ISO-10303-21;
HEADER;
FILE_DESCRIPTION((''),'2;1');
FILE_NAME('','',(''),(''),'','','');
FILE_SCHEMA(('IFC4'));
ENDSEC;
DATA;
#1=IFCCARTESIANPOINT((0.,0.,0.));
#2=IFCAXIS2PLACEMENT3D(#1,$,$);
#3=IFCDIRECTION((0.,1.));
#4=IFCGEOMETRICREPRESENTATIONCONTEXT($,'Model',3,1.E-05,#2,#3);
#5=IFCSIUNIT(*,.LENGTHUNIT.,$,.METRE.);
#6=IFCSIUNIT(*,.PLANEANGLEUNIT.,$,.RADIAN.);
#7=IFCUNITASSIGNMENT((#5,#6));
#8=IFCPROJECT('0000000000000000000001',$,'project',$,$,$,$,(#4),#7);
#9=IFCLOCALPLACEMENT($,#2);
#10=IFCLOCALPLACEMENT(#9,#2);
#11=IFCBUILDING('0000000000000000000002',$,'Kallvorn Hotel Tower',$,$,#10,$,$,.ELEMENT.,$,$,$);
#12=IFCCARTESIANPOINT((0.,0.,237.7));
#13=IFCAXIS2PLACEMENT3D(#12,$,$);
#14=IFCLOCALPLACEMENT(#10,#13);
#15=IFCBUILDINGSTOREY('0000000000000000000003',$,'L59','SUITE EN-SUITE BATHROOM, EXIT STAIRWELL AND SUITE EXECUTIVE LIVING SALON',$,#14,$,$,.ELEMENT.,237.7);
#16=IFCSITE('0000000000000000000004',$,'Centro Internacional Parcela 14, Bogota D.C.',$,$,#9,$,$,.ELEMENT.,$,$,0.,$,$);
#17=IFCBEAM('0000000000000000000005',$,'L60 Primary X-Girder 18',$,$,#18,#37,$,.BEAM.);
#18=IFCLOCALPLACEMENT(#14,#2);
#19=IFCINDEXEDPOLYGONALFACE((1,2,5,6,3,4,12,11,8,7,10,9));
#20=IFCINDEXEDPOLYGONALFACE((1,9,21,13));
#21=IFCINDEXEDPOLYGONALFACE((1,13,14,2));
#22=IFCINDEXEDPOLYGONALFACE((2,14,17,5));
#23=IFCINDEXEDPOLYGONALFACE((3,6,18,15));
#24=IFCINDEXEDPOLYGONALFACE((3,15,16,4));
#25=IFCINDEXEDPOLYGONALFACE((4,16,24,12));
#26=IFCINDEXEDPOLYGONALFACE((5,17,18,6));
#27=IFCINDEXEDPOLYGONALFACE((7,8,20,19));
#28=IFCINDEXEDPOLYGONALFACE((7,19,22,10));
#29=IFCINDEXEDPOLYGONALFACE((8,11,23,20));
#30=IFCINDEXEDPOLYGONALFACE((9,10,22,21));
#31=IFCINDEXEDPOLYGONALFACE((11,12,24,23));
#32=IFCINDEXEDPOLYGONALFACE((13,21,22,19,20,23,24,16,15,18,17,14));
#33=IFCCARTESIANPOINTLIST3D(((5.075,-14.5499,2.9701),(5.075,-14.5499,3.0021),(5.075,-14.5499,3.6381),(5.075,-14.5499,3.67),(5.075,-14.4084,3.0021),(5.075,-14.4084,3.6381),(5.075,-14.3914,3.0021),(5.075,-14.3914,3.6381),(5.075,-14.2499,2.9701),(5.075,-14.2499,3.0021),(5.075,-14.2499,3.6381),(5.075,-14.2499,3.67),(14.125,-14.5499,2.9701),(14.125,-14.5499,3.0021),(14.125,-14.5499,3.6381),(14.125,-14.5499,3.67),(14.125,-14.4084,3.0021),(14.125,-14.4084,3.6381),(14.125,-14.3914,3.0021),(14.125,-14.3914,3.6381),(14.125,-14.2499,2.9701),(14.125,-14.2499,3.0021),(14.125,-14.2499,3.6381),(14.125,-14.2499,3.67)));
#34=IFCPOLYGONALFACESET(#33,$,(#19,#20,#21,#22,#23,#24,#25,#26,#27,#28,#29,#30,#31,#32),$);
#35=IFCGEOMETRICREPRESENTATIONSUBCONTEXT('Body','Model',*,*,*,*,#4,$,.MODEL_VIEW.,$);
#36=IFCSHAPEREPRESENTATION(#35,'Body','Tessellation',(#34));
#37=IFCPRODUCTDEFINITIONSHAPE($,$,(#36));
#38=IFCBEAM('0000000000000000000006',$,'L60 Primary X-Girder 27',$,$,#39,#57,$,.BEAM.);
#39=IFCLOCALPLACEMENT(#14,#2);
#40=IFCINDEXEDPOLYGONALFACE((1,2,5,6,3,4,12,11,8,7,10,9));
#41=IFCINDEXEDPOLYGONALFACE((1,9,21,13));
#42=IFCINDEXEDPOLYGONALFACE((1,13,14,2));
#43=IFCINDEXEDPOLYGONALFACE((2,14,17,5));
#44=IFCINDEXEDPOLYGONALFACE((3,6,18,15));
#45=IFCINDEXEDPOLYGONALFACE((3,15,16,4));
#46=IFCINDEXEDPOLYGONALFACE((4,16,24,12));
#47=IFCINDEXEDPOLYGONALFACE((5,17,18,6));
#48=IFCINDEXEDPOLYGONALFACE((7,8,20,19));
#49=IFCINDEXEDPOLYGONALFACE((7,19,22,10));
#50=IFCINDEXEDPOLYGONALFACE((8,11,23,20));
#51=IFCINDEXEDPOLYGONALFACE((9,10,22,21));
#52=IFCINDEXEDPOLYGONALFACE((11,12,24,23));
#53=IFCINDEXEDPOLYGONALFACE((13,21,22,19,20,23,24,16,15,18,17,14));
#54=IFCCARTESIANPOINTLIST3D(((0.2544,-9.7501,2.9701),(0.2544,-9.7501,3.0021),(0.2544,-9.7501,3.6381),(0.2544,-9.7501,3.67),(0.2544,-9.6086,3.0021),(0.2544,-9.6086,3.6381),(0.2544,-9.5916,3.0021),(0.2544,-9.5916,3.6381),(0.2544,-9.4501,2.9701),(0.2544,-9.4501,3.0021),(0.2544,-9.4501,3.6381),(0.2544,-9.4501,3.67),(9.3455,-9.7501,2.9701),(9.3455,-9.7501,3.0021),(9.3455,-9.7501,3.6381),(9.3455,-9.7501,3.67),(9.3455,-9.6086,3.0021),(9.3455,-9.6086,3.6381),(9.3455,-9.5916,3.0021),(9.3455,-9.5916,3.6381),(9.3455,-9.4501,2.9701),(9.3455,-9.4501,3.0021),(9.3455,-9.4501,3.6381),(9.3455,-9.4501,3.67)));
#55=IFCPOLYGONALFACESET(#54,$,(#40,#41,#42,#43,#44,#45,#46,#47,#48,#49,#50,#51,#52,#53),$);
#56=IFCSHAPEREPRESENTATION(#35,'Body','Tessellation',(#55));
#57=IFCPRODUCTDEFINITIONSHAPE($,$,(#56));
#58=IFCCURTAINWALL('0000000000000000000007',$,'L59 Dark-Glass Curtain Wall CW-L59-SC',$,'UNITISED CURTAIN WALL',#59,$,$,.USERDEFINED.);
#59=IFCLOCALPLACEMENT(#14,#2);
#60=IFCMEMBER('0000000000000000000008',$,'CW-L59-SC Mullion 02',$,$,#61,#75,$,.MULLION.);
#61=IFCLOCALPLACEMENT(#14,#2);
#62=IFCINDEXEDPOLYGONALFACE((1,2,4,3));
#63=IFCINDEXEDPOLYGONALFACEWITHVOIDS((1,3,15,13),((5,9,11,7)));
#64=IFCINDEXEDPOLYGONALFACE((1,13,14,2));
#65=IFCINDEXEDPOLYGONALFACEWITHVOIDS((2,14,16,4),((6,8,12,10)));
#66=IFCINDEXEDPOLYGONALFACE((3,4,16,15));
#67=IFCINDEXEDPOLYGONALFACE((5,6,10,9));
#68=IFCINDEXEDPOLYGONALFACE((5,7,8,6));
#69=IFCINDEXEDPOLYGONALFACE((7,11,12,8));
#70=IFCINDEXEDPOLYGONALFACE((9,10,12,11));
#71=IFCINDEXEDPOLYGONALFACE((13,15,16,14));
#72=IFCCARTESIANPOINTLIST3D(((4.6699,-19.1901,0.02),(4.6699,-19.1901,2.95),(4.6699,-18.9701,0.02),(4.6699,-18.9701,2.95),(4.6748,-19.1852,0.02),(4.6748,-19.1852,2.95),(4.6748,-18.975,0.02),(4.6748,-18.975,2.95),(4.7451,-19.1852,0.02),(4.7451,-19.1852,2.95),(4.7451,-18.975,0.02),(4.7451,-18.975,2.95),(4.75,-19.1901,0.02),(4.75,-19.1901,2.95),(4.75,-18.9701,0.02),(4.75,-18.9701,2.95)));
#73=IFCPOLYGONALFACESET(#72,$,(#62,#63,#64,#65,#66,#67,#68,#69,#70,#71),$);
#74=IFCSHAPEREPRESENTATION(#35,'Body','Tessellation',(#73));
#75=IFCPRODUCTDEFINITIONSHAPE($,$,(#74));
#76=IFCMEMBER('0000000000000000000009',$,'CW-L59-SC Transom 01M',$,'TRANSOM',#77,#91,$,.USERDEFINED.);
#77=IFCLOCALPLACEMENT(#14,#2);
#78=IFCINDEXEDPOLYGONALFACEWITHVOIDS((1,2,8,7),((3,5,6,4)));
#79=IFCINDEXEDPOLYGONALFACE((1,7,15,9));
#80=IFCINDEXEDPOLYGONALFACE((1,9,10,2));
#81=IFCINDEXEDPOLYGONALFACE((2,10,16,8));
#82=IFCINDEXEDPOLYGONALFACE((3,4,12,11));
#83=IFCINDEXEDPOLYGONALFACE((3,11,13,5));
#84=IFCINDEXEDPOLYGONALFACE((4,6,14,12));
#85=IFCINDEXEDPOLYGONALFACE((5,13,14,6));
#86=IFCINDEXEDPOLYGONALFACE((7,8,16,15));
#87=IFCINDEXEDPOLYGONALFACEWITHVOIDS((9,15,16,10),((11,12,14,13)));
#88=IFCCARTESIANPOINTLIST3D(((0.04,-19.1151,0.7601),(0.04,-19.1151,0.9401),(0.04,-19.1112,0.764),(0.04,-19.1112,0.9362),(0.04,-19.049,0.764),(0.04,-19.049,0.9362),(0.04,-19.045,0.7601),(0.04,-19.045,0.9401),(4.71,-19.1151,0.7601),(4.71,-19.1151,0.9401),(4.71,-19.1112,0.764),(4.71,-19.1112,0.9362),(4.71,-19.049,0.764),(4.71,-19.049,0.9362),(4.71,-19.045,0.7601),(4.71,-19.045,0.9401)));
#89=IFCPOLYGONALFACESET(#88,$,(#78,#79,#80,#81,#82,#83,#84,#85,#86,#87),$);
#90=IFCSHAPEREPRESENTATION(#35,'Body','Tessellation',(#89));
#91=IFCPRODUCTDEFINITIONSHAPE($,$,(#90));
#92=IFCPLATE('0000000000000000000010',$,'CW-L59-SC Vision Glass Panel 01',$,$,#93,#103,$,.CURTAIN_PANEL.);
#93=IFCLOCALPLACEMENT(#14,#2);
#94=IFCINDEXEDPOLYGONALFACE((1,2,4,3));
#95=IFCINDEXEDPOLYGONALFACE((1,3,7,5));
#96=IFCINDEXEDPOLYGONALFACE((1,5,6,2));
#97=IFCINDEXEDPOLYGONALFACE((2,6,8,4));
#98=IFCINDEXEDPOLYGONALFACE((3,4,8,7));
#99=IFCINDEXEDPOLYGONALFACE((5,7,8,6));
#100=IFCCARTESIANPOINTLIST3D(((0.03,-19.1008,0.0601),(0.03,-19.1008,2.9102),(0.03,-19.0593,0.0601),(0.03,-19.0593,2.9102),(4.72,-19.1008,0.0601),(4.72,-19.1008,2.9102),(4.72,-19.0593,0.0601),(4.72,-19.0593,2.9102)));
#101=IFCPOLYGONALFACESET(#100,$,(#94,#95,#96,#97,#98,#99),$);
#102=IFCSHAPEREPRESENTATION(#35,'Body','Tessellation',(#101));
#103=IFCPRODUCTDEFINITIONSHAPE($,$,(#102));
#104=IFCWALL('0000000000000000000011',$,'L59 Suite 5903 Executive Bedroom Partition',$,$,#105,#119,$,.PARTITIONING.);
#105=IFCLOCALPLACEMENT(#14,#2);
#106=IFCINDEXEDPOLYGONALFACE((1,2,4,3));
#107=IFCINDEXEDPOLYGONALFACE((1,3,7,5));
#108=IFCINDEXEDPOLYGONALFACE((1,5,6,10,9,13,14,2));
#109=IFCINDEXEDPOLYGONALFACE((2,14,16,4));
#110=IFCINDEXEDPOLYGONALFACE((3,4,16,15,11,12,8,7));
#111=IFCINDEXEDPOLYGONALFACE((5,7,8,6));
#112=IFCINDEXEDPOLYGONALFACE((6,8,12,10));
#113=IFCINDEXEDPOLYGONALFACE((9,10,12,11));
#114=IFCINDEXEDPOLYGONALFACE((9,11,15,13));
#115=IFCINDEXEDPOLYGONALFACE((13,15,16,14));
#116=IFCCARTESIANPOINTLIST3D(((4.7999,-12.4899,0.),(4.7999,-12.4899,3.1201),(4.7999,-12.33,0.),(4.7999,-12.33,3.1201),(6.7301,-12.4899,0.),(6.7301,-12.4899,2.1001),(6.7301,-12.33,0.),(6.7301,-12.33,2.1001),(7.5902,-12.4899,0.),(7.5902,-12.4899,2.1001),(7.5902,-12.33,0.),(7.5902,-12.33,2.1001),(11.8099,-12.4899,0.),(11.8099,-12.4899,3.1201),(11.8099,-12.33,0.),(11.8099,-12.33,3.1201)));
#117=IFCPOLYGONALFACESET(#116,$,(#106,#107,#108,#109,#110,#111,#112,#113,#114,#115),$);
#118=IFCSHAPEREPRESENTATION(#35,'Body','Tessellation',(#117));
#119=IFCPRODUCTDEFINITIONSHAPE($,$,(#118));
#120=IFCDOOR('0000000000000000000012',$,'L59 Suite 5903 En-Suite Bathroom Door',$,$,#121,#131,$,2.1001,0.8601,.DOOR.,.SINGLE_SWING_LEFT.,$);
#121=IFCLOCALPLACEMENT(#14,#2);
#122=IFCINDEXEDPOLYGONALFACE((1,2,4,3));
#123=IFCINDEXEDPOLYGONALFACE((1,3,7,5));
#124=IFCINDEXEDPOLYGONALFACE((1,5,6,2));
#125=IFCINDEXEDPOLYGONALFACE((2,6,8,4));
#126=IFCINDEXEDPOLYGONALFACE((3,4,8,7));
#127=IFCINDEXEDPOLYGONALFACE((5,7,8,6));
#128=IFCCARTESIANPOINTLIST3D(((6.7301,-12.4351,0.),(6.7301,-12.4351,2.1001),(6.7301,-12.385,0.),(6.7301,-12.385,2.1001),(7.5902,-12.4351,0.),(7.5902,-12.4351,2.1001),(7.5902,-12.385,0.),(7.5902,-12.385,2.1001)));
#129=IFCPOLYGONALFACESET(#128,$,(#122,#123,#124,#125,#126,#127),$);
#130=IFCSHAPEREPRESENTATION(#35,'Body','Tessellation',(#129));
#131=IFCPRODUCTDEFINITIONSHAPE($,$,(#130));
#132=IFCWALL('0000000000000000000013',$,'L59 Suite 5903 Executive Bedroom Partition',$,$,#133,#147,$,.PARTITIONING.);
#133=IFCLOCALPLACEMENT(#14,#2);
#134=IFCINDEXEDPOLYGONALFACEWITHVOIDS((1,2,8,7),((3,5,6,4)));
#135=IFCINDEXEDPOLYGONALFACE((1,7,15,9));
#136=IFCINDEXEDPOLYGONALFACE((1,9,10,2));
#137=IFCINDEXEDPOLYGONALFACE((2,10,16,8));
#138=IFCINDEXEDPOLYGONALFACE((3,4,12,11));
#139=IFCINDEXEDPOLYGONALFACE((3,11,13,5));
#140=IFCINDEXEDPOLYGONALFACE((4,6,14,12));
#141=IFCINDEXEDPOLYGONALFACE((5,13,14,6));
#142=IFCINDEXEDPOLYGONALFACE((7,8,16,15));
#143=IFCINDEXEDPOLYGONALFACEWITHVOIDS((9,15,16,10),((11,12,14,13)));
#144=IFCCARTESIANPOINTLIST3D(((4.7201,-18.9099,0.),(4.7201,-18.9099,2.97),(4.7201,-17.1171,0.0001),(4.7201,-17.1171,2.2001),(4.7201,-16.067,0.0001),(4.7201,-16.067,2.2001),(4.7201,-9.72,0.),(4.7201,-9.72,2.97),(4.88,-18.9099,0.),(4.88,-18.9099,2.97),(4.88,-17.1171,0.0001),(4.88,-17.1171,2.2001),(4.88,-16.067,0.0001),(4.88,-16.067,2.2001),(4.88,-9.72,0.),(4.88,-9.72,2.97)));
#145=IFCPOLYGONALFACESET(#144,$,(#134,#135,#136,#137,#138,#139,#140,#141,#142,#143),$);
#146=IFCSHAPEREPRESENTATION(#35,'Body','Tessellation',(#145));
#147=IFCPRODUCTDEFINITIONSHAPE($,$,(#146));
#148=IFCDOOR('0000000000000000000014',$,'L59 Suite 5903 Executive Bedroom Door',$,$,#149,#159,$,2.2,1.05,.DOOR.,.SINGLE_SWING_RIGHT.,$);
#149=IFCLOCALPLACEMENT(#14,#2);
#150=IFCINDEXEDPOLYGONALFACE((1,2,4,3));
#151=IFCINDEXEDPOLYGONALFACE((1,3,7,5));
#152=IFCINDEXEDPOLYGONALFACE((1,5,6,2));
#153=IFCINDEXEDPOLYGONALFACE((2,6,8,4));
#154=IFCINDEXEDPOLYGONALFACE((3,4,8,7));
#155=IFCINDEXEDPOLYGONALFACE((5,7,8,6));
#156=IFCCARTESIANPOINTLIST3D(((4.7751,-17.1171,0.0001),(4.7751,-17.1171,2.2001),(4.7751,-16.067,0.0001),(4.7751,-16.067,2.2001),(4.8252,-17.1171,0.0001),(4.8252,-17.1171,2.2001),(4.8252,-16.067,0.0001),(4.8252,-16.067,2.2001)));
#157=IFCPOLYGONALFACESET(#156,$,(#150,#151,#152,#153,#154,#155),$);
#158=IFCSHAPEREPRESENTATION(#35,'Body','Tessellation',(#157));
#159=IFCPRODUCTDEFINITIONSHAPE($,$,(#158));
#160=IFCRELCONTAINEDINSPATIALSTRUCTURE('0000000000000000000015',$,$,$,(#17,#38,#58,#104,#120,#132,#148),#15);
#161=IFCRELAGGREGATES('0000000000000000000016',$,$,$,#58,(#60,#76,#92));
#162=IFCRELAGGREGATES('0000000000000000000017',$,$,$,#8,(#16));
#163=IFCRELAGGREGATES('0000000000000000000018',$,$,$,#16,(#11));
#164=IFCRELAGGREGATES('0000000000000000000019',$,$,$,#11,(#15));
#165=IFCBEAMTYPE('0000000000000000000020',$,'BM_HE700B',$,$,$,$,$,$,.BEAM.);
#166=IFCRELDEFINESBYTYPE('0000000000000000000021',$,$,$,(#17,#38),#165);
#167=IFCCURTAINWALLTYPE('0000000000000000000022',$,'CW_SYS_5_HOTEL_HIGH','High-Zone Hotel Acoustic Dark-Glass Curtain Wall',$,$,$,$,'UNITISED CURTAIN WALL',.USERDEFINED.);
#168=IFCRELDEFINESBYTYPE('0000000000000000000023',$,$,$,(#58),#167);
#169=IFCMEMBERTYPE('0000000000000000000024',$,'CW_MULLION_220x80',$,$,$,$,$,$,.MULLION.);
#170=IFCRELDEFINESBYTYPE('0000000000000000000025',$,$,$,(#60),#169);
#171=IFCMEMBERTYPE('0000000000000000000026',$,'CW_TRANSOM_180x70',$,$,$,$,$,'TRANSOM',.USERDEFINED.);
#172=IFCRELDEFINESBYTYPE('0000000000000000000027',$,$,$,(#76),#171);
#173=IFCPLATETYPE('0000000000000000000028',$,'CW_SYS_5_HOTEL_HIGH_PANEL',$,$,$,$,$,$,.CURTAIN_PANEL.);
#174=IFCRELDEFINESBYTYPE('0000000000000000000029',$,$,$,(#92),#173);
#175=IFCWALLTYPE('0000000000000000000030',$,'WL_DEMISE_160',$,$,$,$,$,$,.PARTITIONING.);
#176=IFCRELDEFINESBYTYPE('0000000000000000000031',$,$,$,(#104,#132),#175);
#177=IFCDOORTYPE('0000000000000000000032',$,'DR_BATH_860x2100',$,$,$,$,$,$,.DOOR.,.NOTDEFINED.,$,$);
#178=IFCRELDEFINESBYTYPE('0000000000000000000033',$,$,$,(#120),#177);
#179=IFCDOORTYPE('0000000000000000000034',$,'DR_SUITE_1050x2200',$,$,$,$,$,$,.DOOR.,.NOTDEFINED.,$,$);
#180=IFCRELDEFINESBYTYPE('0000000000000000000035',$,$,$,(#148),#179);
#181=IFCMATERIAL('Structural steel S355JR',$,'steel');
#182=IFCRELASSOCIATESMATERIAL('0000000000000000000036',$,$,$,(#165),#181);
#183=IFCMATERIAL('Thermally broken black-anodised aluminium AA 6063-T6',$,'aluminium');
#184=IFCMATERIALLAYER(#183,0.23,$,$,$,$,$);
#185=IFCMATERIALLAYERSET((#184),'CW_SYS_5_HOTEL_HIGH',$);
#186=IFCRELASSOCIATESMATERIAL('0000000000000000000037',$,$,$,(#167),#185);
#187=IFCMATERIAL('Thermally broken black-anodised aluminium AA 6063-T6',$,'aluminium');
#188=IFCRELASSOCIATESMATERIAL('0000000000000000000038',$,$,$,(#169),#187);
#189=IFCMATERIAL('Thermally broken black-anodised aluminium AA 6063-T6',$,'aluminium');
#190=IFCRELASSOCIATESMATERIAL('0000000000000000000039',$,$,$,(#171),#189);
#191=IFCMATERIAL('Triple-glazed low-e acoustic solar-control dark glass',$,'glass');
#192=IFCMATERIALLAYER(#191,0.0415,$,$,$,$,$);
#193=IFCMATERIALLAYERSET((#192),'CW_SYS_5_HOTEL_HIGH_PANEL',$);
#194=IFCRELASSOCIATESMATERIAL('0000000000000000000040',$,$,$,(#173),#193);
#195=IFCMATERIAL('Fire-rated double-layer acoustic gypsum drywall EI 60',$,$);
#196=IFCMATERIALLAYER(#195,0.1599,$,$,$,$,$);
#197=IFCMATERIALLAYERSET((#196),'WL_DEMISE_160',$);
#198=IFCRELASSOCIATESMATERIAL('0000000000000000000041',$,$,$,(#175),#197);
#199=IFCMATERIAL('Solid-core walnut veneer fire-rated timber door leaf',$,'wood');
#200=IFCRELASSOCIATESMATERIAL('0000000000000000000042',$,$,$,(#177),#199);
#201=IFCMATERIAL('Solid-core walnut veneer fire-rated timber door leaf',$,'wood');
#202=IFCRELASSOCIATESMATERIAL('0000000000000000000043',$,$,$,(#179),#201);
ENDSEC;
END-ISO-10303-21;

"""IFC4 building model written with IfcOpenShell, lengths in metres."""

from ifc_helpers import new_model, si_unit, direction, frame, frame_2d, origin, origin_2d, place, context, subcontext, project, spatial, rectangle, hollow_rectangle, i_section, extrude, material, layer, layer_set, material_profile, profile_set, type_object, element, fill, aggregate, save


model = new_model("IFC4")

# Units and contexts
model_context = context("Model", 3, precision=1e-05, world=origin(), true_north=direction((0.0, 1.0)))
body_context = subcontext(model_context, "Body", "Model", "MODEL_VIEW")
ifc_project = project(units=[si_unit("LENGTHUNIT", "METRE"), si_unit("PLANEANGLEUNIT", "RADIAN")], contexts=[model_context])

# Site, building, storey
site_placement = place(None, origin())
site = spatial("IfcSite", under=ifc_project, at=site_placement, Name="Centro Internacional Parcela 14, Bogota D.C.", CompositionType="ELEMENT", RefElevation=0.0)
building_placement = place(site_placement, origin())
building = spatial("IfcBuilding", under=site, at=building_placement, Name="Kallvorn Hotel Tower", CompositionType="ELEMENT")
storey_placement = place(building_placement, frame((0.0, 0.0, 237.7)))
storey = spatial("IfcBuildingStorey", under=building, at=storey_placement, Name="L59", Description="SUITE EN-SUITE BATHROOM, EXIT STAIRWELL AND SUITE EXECUTIVE LIVING SALON", CompositionType="ELEMENT", Elevation=237.7)

# Beams
ifc_material_1 = material(Name="Structural steel S355JR", Category="steel")
ifc_material_profile_1 = material_profile(ifc_material_1, i_section(OverallWidth=0.3, OverallDepth=0.7, WebThickness=0.0171, FlangeThickness=0.032, at=origin_2d()), Name="HE 700 B")
ifc_profile_set_1 = profile_set([ifc_material_profile_1], Name="Structural steel S355JR")
beam_type_1 = type_object("IfcBeamType", Name="BM_HE700B", PredefinedType="BEAM", material=ifc_profile_set_1)
beam_1_placement = place(storey_placement, frame((5.075, -14.3999, 3.3201), z_axis=(1.0, 0.0, 0.0), x_axis=(0.0, 1.0, 0.0)))
element("IfcBeam", 1, at=beam_1_placement, inside=storey, type_object=beam_type_1, Name="L60 Primary X-Girder 18", PredefinedType="BEAM", context=body_context, shape_type="SweptSolid", body=[
    extrude(i_section(OverallWidth=0.3, OverallDepth=0.7, WebThickness=0.0171, FlangeThickness=0.032, at=origin_2d()), origin(), (0.0, 0.0, 1.0), 9.05),
])
beam_2_placement = place(storey_placement, frame((0.2544, -9.6001, 3.3201), z_axis=(1.0, 0.0, 0.0), x_axis=(0.0, 1.0, 0.0)))
element("IfcBeam", 2, at=beam_2_placement, inside=storey, type_object=beam_type_1, Name="L60 Primary X-Girder 27", PredefinedType="BEAM", context=body_context, shape_type="SweptSolid", body=[
    extrude(i_section(OverallWidth=0.3, OverallDepth=0.7, WebThickness=0.0171, FlangeThickness=0.032, at=origin_2d()), origin(), (0.0, 0.0, 1.0), 9.0911),
])

# Curtain wall, members, plate
ifc_material_2 = material(Name="Thermally broken black-anodised aluminium AA 6063-T6", Category="aluminium")
ifc_layer_1 = layer(ifc_material_2, 0.23)
ifc_layer_set_1 = layer_set([ifc_layer_1], Name="CW_SYS_5_HOTEL_HIGH")
curtain_wall_type = type_object("IfcCurtainWallType", Name="CW_SYS_5_HOTEL_HIGH", Description="High-Zone Hotel Acoustic Dark-Glass Curtain Wall", ElementType="UNITISED CURTAIN WALL", PredefinedType="USERDEFINED", material=ifc_layer_set_1)
curtain_wall_placement = place(storey_placement, origin())
curtain_wall = element("IfcCurtainWall", 3, at=curtain_wall_placement, inside=storey, type_object=curtain_wall_type, Name="L59 Dark-Glass Curtain Wall CW-L59-SC", ObjectType="UNITISED CURTAIN WALL", PredefinedType="USERDEFINED")
ifc_material_3 = material(Name="Thermally broken black-anodised aluminium AA 6063-T6", Category="aluminium")
ifc_material_profile_2 = material_profile(ifc_material_3, hollow_rectangle(XDim=0.0801, YDim=0.22, WallThickness=0.0049, at=origin_2d()), Name="MUL 220x80")
ifc_profile_set_2 = profile_set([ifc_material_profile_2], Name="Thermally broken black-anodised aluminium AA 6063-T6")
member_type_1 = type_object("IfcMemberType", Name="CW_MULLION_220x80", PredefinedType="MULLION", material=ifc_profile_set_2)
member_1_placement = place(storey_placement, frame((4.71, -19.0801, 0.02), z_axis=(0.0, 0.0, 1.0), x_axis=(1.0, 0.0, 0.0)))
member_1 = element("IfcMember", 4, at=member_1_placement, type_object=member_type_1, Name="CW-L59-SC Mullion 02", PredefinedType="MULLION", context=body_context, shape_type="SweptSolid", body=[
    extrude(hollow_rectangle(XDim=0.0801, YDim=0.22, WallThickness=0.0049, at=origin_2d()), origin(), (0.0, 0.0, 1.0), 2.9299),
])
ifc_material_4 = material(Name="Thermally broken black-anodised aluminium AA 6063-T6", Category="aluminium")
ifc_material_profile_3 = material_profile(ifc_material_4, hollow_rectangle(XDim=0.0701, YDim=0.1799, WallThickness=0.0039, at=origin_2d()), Name="TRN 180x70")
ifc_profile_set_3 = profile_set([ifc_material_profile_3], Name="Thermally broken black-anodised aluminium AA 6063-T6")
member_type_2 = type_object("IfcMemberType", Name="CW_TRANSOM_180x70", ElementType="TRANSOM", PredefinedType="USERDEFINED", material=ifc_profile_set_3)
member_2_placement = place(storey_placement, frame((0.04, -19.0801, 0.8501), z_axis=(1.0, 0.0, 0.0), x_axis=(0.0, 1.0, 0.0)))
member_2 = element("IfcMember", 5, at=member_2_placement, type_object=member_type_2, Name="CW-L59-SC Transom 01M", ObjectType="TRANSOM", PredefinedType="USERDEFINED", context=body_context, shape_type="SweptSolid", body=[
    extrude(hollow_rectangle(XDim=0.0701, YDim=0.1799, WallThickness=0.0039, at=origin_2d()), origin(), (0.0, 0.0, 1.0), 4.6699),
])
ifc_material_5 = material(Name="Triple-glazed low-e acoustic solar-control dark glass", Category="glass")
ifc_layer_2 = layer(ifc_material_5, 0.0415)
ifc_layer_set_2 = layer_set([ifc_layer_2], Name="CW_SYS_5_HOTEL_HIGH_PANEL")
plate_type = type_object("IfcPlateType", Name="CW_SYS_5_HOTEL_HIGH_PANEL", PredefinedType="CURTAIN_PANEL", material=ifc_layer_set_2)
plate_placement = place(storey_placement, frame((2.375, -19.0801, 0.0601), z_axis=(0.0, 0.0, 1.0), x_axis=(1.0, 0.0, 0.0)))
plate = element("IfcPlate", 6, at=plate_placement, type_object=plate_type, Name="CW-L59-SC Vision Glass Panel 01", PredefinedType="CURTAIN_PANEL", context=body_context, shape_type="SweptSolid", body=[
    extrude(rectangle(XDim=4.6899, YDim=0.0415, at=origin_2d()), origin(), (0.0, 0.0, 1.0), 2.8501),
])
aggregate(curtain_wall, [member_1, member_2, plate])

# Walls, openings, doors
ifc_material_6 = material(Name="Fire-rated double-layer acoustic gypsum drywall EI 60")
ifc_layer_3 = layer(ifc_material_6, 0.1599)
ifc_layer_set_3 = layer_set([ifc_layer_3], Name="WL_DEMISE_160")
wall_type_1 = type_object("IfcWallType", Name="WL_DEMISE_160", PredefinedType="PARTITIONING", material=ifc_layer_set_3)
wall_1_placement = place(storey_placement, frame((4.8, -12.4099, 0.0), z_axis=(0.0, 0.0, 1.0), x_axis=(1.0, 0.0, 0.0)))
wall_1 = element("IfcWall", 7, at=wall_1_placement, inside=storey, type_object=wall_type_1, Name="L59 Suite 5903 Executive Bedroom Partition", PredefinedType="PARTITIONING", context=body_context, shape_type="SweptSolid", body=[
    extrude(rectangle(XDim=7.01, YDim=0.1599, at=frame_2d((3.5049, 0.0))), origin(), (0.0, 0.0, 1.0), 3.1201),
])
opening_1_placement = place(wall_1_placement, frame((1.9299, 0.0, 0.0)))
opening_1 = element("IfcOpeningElement", 8, at=opening_1_placement, cuts=wall_1, PredefinedType="OPENING", context=body_context, shape_type="SweptSolid", body=[
    extrude(rectangle(XDim=0.8601, YDim=2.1001, at=frame_2d((0.4302, 1.05))), frame((0.0, 0.095, 0.0), z_axis=(0.0, -1.0, 0.0), x_axis=(1.0, 0.0, 0.0)), (0.0, 0.0, 1.0), 0.1899),
])
ifc_material_7 = material(Name="Solid-core walnut veneer fire-rated timber door leaf", Category="wood")
door_type_1 = type_object("IfcDoorType", Name="DR_BATH_860x2100", OperationType="NOTDEFINED", PredefinedType="DOOR", material=ifc_material_7)
door_1_placement = place(opening_1_placement, origin())
door_1 = element("IfcDoor", 9, at=door_1_placement, inside=storey, type_object=door_type_1, Name="L59 Suite 5903 En-Suite Bathroom Door", OperationType="SINGLE_SWING_LEFT", OverallHeight=2.1001, OverallWidth=0.8601, PredefinedType="DOOR", context=body_context, shape_type="SweptSolid", body=[
    extrude(rectangle(XDim=0.8601, YDim=2.1001, at=frame_2d((0.4302, 1.05))), frame((0.0, 0.0249, 0.0), z_axis=(0.0, -1.0, 0.0), x_axis=(1.0, 0.0, 0.0)), (0.0, 0.0, 1.0), 0.05),
])
fill(opening_1, door_1)
wall_2_placement = place(storey_placement, frame((4.8, -18.9099, 0.0), z_axis=(0.0, 0.0, 1.0), x_axis=(0.0, 1.0, 0.0)))
wall_2 = element("IfcWall", 10, at=wall_2_placement, inside=storey, type_object=wall_type_1, Name="L59 Suite 5903 Executive Bedroom Partition", PredefinedType="PARTITIONING", context=body_context, shape_type="SweptSolid", body=[
    extrude(rectangle(XDim=9.1899, YDim=0.1599, at=frame_2d((4.595, 0.0))), origin(), (0.0, 0.0, 1.0), 2.97),
])
opening_2_placement = place(wall_2_placement, frame((1.793, 0.0, 0.0)))
opening_2 = element("IfcOpeningElement", 11, at=opening_2_placement, cuts=wall_2, PredefinedType="OPENING", context=body_context, shape_type="SweptSolid", body=[
    extrude(rectangle(XDim=1.05, YDim=2.2, at=frame_2d((0.5249, 1.1001))), frame((0.0, 0.095, 0.0), z_axis=(0.0, -1.0, 0.0), x_axis=(1.0, 0.0, 0.0)), (0.0, 0.0, 1.0), 0.1899),
])
ifc_material_8 = material(Name="Solid-core walnut veneer fire-rated timber door leaf", Category="wood")
door_type_2 = type_object("IfcDoorType", Name="DR_SUITE_1050x2200", OperationType="NOTDEFINED", PredefinedType="DOOR", material=ifc_material_8)
door_2_placement = place(opening_2_placement, origin())
door_2 = element("IfcDoor", 12, at=door_2_placement, inside=storey, type_object=door_type_2, Name="L59 Suite 5903 Executive Bedroom Door", OperationType="SINGLE_SWING_RIGHT", OverallHeight=2.2, OverallWidth=1.05, PredefinedType="DOOR", context=body_context, shape_type="SweptSolid", body=[
    extrude(rectangle(XDim=1.05, YDim=2.2, at=frame_2d((0.5249, 1.1001))), frame((0.0, 0.0249, 0.0), z_axis=(0.0, -1.0, 0.0), x_axis=(1.0, 0.0, 0.0)), (0.0, 0.0, 1.0), 0.05),
])
fill(opening_2, door_2)

save(model, "model.ifc")
